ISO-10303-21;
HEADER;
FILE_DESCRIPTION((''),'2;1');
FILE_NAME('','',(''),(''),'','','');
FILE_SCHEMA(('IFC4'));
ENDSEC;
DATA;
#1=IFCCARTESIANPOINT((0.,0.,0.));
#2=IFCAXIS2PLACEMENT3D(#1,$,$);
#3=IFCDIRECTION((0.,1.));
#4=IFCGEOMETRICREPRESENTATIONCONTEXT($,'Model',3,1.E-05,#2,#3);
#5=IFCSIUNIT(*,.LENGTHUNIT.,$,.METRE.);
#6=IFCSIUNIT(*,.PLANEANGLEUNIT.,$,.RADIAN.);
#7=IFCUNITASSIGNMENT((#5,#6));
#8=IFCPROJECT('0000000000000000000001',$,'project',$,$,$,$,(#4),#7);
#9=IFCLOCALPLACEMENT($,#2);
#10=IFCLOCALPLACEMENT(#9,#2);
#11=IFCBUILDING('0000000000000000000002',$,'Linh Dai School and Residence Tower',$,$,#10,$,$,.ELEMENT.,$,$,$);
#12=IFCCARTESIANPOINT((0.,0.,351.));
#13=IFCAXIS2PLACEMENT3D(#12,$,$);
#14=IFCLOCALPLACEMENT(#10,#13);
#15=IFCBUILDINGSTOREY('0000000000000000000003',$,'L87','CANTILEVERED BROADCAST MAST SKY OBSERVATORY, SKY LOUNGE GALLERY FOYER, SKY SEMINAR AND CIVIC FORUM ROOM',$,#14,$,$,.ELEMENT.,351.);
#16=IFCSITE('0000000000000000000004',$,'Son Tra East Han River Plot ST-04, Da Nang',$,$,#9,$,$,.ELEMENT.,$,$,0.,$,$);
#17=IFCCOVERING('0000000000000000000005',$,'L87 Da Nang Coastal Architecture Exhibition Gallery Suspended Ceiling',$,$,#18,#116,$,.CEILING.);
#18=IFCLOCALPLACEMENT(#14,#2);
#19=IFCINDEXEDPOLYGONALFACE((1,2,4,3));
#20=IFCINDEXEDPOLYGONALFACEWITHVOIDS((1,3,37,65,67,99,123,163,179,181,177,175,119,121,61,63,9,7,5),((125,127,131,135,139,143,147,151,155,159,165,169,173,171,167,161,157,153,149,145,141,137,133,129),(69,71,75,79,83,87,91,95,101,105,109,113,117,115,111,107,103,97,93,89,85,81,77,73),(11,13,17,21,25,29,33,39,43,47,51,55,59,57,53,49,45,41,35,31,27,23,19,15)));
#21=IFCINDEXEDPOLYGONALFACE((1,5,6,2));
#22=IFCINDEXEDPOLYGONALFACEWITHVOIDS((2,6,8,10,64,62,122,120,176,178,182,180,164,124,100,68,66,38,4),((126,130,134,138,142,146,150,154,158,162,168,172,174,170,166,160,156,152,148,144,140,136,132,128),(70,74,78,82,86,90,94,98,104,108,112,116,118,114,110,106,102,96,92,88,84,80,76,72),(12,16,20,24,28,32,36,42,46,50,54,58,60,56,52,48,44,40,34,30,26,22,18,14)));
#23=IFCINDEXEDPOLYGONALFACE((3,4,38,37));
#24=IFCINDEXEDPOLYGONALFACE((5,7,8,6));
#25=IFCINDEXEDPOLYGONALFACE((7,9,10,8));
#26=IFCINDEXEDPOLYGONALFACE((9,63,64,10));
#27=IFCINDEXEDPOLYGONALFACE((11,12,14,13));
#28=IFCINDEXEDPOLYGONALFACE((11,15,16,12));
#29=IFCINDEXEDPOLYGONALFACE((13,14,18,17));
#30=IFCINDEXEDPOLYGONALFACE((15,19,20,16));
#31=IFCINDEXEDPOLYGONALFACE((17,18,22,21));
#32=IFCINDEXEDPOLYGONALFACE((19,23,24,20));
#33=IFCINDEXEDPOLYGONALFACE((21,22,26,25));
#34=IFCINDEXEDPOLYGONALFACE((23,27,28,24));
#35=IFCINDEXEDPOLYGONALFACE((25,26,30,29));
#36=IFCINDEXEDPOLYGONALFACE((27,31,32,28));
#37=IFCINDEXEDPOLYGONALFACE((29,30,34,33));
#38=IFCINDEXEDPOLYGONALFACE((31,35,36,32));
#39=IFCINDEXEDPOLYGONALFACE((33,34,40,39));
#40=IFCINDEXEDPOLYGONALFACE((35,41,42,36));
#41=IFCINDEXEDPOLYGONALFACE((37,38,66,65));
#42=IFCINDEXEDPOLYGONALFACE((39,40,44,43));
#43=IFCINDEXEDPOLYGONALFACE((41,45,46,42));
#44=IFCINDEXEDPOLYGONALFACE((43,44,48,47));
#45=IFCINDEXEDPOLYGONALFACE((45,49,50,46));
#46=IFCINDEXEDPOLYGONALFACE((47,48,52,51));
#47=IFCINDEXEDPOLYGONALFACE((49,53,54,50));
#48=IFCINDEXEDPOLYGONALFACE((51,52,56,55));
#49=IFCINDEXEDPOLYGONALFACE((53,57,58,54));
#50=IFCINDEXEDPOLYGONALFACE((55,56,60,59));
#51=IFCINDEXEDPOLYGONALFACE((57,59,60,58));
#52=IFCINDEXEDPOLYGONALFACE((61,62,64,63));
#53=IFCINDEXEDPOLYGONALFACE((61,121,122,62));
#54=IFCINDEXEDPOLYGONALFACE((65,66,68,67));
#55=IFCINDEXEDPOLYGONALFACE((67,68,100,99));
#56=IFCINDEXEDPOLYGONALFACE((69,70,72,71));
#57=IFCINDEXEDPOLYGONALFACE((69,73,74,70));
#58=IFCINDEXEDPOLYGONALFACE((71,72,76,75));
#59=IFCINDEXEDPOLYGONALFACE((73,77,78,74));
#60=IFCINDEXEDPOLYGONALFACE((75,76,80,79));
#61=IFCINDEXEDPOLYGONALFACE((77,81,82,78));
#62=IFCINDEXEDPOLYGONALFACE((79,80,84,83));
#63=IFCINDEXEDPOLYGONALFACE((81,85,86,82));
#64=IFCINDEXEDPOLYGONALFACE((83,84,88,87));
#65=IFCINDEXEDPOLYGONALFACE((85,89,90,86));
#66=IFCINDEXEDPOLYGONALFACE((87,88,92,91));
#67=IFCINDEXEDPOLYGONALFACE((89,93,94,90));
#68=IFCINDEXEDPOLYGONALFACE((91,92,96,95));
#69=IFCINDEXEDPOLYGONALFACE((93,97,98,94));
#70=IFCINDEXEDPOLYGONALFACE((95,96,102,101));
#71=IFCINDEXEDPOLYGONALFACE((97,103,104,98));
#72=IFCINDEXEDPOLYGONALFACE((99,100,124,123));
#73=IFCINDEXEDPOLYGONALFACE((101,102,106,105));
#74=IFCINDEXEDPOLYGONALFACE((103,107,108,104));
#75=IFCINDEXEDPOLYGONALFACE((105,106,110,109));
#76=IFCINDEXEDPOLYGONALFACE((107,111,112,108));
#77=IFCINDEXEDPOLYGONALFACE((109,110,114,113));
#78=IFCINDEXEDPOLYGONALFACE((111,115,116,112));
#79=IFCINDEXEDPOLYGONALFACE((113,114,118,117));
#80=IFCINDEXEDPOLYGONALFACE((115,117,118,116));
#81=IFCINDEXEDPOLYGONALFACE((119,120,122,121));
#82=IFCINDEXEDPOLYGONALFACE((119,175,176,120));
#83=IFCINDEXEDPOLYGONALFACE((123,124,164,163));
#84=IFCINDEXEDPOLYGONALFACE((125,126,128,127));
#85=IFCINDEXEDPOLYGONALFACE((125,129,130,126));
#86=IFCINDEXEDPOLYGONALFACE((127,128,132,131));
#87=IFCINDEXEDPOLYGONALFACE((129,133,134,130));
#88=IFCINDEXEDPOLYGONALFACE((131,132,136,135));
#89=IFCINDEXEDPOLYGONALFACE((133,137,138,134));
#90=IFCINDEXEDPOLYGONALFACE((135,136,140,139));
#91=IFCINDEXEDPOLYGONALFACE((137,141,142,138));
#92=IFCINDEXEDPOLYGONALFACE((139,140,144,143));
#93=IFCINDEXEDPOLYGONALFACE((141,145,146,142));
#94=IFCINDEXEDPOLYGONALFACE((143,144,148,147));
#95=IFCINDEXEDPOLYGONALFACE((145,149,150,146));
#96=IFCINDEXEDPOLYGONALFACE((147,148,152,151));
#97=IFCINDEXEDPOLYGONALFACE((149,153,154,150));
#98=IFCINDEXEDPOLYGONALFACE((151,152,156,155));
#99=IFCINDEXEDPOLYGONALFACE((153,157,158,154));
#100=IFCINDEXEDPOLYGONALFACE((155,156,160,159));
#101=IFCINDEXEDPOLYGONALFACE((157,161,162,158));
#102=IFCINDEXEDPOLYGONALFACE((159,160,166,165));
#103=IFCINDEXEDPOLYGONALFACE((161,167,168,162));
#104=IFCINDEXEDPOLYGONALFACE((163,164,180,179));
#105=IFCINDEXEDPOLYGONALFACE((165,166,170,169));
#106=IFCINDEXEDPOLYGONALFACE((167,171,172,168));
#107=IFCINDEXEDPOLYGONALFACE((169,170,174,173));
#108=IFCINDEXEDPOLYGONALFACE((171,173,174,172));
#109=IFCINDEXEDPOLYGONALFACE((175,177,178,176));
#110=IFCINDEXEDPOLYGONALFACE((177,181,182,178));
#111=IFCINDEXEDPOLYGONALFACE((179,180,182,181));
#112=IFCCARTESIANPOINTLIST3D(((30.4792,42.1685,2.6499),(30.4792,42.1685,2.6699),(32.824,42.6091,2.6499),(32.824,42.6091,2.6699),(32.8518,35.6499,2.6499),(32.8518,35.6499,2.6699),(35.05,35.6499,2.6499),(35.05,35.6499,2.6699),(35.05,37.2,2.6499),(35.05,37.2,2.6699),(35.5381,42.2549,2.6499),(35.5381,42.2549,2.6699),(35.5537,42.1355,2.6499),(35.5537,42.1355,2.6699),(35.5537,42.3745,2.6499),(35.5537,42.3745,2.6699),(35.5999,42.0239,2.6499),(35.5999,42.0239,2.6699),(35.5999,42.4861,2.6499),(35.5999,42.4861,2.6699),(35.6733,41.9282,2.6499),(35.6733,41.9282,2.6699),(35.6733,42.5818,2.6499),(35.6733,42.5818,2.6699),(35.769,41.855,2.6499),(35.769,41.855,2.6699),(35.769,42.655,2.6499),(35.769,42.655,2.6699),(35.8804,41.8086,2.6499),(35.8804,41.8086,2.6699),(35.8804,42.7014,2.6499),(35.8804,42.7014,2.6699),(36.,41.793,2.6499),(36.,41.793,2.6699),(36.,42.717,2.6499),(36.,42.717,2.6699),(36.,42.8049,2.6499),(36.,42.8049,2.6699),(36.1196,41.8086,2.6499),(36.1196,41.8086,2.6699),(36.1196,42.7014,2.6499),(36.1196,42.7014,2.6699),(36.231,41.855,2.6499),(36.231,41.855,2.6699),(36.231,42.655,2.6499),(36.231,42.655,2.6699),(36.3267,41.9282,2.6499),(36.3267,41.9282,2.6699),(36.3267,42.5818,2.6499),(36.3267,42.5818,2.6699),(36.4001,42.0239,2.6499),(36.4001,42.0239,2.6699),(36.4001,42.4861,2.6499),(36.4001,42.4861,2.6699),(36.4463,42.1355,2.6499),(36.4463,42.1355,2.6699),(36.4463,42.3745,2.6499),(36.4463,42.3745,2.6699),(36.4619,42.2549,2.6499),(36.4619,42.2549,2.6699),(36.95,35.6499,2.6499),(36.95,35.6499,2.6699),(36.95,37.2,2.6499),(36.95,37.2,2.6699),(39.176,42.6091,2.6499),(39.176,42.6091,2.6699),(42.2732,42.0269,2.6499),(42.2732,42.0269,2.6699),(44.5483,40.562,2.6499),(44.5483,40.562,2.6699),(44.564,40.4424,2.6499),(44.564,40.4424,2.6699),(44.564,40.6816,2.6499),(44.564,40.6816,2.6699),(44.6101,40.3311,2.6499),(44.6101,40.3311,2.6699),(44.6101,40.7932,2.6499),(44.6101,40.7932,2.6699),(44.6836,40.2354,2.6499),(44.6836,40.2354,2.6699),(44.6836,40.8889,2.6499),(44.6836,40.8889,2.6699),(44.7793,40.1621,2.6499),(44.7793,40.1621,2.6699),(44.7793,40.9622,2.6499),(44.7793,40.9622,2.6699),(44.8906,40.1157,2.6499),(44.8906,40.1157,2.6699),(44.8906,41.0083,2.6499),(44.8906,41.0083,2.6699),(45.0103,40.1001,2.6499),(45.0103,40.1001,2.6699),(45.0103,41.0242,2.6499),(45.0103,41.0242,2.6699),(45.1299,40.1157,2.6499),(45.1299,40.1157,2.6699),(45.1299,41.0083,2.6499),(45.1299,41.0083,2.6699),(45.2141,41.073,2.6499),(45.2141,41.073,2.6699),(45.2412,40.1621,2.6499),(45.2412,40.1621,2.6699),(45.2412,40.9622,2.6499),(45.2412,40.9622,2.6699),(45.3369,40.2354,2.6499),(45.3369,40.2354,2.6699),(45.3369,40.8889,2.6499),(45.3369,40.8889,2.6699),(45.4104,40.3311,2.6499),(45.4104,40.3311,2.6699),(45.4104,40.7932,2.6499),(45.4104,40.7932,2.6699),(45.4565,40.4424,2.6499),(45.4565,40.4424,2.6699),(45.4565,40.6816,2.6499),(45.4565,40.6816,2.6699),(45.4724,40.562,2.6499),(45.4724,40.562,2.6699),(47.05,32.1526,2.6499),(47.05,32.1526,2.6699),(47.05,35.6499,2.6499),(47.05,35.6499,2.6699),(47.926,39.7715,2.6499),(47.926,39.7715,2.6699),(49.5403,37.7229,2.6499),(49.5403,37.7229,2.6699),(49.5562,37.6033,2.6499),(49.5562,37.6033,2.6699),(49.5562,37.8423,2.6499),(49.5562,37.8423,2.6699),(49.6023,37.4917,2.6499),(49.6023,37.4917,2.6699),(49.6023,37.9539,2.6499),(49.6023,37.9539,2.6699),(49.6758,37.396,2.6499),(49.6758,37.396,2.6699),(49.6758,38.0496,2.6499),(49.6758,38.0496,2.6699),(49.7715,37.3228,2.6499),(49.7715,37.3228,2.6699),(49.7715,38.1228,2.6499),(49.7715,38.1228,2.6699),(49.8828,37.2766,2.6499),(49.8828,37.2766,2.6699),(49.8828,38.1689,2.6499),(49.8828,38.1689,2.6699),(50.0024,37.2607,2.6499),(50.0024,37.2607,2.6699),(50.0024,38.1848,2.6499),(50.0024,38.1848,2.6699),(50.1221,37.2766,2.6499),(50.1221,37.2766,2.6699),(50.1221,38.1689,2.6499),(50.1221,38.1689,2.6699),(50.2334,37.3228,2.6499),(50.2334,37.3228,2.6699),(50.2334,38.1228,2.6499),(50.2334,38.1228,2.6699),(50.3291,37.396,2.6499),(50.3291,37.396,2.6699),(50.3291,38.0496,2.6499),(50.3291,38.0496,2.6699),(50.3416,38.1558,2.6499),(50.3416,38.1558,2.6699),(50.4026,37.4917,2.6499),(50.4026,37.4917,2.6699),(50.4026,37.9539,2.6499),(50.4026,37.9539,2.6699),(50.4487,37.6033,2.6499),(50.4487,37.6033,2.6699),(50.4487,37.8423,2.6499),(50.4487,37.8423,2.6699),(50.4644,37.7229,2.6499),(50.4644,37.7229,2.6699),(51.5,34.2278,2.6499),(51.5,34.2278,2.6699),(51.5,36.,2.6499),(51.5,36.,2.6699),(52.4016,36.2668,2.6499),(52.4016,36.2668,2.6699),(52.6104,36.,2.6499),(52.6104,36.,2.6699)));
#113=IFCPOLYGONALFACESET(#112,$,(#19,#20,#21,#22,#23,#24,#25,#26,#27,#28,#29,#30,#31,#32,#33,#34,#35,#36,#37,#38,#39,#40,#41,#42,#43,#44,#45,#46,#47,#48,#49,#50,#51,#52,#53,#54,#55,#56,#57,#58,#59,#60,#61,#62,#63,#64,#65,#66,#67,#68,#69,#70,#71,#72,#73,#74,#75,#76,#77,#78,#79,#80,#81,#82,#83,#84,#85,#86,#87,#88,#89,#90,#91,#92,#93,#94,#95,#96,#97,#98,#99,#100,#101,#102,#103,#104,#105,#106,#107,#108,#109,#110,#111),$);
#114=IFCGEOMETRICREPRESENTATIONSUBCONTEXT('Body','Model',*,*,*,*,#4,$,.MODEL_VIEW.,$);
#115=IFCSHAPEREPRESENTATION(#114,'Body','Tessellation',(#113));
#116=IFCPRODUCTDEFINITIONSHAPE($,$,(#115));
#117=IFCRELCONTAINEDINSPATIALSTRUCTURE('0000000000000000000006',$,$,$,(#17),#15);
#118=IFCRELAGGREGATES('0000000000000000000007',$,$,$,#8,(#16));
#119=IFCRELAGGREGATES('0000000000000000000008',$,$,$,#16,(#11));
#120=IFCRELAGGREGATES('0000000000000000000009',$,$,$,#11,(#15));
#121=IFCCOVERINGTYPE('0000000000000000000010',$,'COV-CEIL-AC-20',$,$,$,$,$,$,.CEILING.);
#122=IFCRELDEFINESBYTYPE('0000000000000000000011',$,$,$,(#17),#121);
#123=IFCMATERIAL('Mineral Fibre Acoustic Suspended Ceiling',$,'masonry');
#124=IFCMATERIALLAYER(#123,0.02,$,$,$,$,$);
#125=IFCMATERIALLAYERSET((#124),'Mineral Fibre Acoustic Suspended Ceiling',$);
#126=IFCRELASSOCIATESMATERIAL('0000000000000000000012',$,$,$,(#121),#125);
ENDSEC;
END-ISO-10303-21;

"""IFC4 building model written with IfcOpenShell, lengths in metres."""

from ifc_helpers import new_model, si_unit, direction, frame, origin, place, context, subcontext, project, spatial, polyline, outline, extrude, material, layer, layer_set, type_object, element, save


model = new_model("IFC4")

# Units and contexts
model_context = context("Model", 3, precision=1e-05, world=origin(), true_north=direction((0.0, 1.0)))
body_context = subcontext(model_context, "Body", "Model", "MODEL_VIEW")
ifc_project = project(units=[si_unit("LENGTHUNIT", "METRE"), si_unit("PLANEANGLEUNIT", "RADIAN")], contexts=[model_context])

# Site, building, storey
site_placement = place(None, origin())
site = spatial("IfcSite", under=ifc_project, at=site_placement, Name="Son Tra East Han River Plot ST-04, Da Nang", CompositionType="ELEMENT", RefElevation=0.0)
building_placement = place(site_placement, origin())
building = spatial("IfcBuilding", under=site, at=building_placement, Name="Linh Dai School and Residence Tower", CompositionType="ELEMENT")
storey_placement = place(building_placement, frame((0.0, 0.0, 351.0)))
storey = spatial("IfcBuildingStorey", under=building, at=storey_placement, Name="L87", Description="CANTILEVERED BROADCAST MAST SKY OBSERVATORY, SKY LOUNGE GALLERY FOYER, SKY SEMINAR AND CIVIC FORUM ROOM", CompositionType="ELEMENT", Elevation=351.0)

# Covering
ifc_material_1 = material(Name="Mineral Fibre Acoustic Suspended Ceiling", Category="masonry")
ifc_layer_1 = layer(ifc_material_1, 0.02)
ifc_layer_set_1 = layer_set([ifc_layer_1], Name="Mineral Fibre Acoustic Suspended Ceiling")
covering_type_1 = type_object("IfcCoveringType", Name="COV-CEIL-AC-20", PredefinedType="CEILING", material=ifc_layer_set_1)
covering_1_placement = place(storey_placement, frame((0.0, 0.0, 2.6499)))
element("IfcCovering", 1, at=covering_1_placement, inside=storey, type_object=covering_type_1, Name="L87 Da Nang Coastal Architecture Exhibition Gallery Suspended Ceiling", PredefinedType="CEILING", context=body_context, shape_type="SweptSolid", body=[
    extrude(outline(polyline([(36.0, 42.8049), (39.176, 42.6091), (42.2732, 42.0269), (45.2141, 41.073), (47.926, 39.7715), (50.3416, 38.1558), (52.4016, 36.2668), (52.6104, 36.0), (51.5, 36.0), (51.5, 34.2278), (47.05, 32.1526), (47.05, 35.6499), (36.95, 35.6499), (36.95, 37.2), (35.05, 37.2), (35.05, 35.6499), (32.8518, 35.6499), (30.4792, 42.1685), (32.824, 42.6091), (36.0, 42.8049)]), holes=[polyline([(50.4487, 37.6033), (50.4644, 37.7229), (50.4487, 37.8423), (50.4026, 37.9539), (50.3291, 38.0496), (50.2334, 38.1228), (50.1221, 38.1689), (50.0024, 38.1848), (49.8828, 38.1689), (49.7715, 38.1228), (49.6758, 38.0496), (49.6023, 37.9539), (49.5562, 37.8423), (49.5403, 37.7229), (49.5562, 37.6033), (49.6023, 37.4917), (49.6758, 37.396), (49.7715, 37.3228), (49.8828, 37.2766), (50.0024, 37.2607), (50.1221, 37.2766), (50.2334, 37.3228), (50.3291, 37.396), (50.4026, 37.4917), (50.4487, 37.6033)]), polyline([(45.4104, 40.3311), (45.4565, 40.4424), (45.4724, 40.562), (45.4565, 40.6816), (45.4104, 40.7932), (45.3369, 40.8889), (45.2412, 40.9622), (45.1299, 41.0083), (45.0103, 41.0242), (44.8906, 41.0083), (44.7793, 40.9622), (44.6836, 40.8889), (44.6101, 40.7932), (44.564, 40.6816), (44.5483, 40.562), (44.564, 40.4424), (44.6101, 40.3311), (44.6836, 40.2354), (44.7793, 40.1621), (44.8906, 40.1157), (45.0103, 40.1001), (45.1299, 40.1157), (45.2412, 40.1621), (45.3369, 40.2354), (45.4104, 40.3311)]), polyline([(36.4001, 42.0239), (36.4463, 42.1355), (36.4619, 42.2549), (36.4463, 42.3745), (36.4001, 42.4861), (36.3267, 42.5818), (36.231, 42.655), (36.1196, 42.7014), (36.0, 42.717), (35.8804, 42.7014), (35.769, 42.655), (35.6733, 42.5818), (35.5999, 42.4861), (35.5537, 42.3745), (35.5381, 42.2549), (35.5537, 42.1355), (35.5999, 42.0239), (35.6733, 41.9282), (35.769, 41.855), (35.8804, 41.8086), (36.0, 41.793), (36.1196, 41.8086), (36.231, 41.855), (36.3267, 41.9282), (36.4001, 42.0239)])]), origin(), (0.0, 0.0, 1.0), 0.02),
])

save(model, "model.ifc")
